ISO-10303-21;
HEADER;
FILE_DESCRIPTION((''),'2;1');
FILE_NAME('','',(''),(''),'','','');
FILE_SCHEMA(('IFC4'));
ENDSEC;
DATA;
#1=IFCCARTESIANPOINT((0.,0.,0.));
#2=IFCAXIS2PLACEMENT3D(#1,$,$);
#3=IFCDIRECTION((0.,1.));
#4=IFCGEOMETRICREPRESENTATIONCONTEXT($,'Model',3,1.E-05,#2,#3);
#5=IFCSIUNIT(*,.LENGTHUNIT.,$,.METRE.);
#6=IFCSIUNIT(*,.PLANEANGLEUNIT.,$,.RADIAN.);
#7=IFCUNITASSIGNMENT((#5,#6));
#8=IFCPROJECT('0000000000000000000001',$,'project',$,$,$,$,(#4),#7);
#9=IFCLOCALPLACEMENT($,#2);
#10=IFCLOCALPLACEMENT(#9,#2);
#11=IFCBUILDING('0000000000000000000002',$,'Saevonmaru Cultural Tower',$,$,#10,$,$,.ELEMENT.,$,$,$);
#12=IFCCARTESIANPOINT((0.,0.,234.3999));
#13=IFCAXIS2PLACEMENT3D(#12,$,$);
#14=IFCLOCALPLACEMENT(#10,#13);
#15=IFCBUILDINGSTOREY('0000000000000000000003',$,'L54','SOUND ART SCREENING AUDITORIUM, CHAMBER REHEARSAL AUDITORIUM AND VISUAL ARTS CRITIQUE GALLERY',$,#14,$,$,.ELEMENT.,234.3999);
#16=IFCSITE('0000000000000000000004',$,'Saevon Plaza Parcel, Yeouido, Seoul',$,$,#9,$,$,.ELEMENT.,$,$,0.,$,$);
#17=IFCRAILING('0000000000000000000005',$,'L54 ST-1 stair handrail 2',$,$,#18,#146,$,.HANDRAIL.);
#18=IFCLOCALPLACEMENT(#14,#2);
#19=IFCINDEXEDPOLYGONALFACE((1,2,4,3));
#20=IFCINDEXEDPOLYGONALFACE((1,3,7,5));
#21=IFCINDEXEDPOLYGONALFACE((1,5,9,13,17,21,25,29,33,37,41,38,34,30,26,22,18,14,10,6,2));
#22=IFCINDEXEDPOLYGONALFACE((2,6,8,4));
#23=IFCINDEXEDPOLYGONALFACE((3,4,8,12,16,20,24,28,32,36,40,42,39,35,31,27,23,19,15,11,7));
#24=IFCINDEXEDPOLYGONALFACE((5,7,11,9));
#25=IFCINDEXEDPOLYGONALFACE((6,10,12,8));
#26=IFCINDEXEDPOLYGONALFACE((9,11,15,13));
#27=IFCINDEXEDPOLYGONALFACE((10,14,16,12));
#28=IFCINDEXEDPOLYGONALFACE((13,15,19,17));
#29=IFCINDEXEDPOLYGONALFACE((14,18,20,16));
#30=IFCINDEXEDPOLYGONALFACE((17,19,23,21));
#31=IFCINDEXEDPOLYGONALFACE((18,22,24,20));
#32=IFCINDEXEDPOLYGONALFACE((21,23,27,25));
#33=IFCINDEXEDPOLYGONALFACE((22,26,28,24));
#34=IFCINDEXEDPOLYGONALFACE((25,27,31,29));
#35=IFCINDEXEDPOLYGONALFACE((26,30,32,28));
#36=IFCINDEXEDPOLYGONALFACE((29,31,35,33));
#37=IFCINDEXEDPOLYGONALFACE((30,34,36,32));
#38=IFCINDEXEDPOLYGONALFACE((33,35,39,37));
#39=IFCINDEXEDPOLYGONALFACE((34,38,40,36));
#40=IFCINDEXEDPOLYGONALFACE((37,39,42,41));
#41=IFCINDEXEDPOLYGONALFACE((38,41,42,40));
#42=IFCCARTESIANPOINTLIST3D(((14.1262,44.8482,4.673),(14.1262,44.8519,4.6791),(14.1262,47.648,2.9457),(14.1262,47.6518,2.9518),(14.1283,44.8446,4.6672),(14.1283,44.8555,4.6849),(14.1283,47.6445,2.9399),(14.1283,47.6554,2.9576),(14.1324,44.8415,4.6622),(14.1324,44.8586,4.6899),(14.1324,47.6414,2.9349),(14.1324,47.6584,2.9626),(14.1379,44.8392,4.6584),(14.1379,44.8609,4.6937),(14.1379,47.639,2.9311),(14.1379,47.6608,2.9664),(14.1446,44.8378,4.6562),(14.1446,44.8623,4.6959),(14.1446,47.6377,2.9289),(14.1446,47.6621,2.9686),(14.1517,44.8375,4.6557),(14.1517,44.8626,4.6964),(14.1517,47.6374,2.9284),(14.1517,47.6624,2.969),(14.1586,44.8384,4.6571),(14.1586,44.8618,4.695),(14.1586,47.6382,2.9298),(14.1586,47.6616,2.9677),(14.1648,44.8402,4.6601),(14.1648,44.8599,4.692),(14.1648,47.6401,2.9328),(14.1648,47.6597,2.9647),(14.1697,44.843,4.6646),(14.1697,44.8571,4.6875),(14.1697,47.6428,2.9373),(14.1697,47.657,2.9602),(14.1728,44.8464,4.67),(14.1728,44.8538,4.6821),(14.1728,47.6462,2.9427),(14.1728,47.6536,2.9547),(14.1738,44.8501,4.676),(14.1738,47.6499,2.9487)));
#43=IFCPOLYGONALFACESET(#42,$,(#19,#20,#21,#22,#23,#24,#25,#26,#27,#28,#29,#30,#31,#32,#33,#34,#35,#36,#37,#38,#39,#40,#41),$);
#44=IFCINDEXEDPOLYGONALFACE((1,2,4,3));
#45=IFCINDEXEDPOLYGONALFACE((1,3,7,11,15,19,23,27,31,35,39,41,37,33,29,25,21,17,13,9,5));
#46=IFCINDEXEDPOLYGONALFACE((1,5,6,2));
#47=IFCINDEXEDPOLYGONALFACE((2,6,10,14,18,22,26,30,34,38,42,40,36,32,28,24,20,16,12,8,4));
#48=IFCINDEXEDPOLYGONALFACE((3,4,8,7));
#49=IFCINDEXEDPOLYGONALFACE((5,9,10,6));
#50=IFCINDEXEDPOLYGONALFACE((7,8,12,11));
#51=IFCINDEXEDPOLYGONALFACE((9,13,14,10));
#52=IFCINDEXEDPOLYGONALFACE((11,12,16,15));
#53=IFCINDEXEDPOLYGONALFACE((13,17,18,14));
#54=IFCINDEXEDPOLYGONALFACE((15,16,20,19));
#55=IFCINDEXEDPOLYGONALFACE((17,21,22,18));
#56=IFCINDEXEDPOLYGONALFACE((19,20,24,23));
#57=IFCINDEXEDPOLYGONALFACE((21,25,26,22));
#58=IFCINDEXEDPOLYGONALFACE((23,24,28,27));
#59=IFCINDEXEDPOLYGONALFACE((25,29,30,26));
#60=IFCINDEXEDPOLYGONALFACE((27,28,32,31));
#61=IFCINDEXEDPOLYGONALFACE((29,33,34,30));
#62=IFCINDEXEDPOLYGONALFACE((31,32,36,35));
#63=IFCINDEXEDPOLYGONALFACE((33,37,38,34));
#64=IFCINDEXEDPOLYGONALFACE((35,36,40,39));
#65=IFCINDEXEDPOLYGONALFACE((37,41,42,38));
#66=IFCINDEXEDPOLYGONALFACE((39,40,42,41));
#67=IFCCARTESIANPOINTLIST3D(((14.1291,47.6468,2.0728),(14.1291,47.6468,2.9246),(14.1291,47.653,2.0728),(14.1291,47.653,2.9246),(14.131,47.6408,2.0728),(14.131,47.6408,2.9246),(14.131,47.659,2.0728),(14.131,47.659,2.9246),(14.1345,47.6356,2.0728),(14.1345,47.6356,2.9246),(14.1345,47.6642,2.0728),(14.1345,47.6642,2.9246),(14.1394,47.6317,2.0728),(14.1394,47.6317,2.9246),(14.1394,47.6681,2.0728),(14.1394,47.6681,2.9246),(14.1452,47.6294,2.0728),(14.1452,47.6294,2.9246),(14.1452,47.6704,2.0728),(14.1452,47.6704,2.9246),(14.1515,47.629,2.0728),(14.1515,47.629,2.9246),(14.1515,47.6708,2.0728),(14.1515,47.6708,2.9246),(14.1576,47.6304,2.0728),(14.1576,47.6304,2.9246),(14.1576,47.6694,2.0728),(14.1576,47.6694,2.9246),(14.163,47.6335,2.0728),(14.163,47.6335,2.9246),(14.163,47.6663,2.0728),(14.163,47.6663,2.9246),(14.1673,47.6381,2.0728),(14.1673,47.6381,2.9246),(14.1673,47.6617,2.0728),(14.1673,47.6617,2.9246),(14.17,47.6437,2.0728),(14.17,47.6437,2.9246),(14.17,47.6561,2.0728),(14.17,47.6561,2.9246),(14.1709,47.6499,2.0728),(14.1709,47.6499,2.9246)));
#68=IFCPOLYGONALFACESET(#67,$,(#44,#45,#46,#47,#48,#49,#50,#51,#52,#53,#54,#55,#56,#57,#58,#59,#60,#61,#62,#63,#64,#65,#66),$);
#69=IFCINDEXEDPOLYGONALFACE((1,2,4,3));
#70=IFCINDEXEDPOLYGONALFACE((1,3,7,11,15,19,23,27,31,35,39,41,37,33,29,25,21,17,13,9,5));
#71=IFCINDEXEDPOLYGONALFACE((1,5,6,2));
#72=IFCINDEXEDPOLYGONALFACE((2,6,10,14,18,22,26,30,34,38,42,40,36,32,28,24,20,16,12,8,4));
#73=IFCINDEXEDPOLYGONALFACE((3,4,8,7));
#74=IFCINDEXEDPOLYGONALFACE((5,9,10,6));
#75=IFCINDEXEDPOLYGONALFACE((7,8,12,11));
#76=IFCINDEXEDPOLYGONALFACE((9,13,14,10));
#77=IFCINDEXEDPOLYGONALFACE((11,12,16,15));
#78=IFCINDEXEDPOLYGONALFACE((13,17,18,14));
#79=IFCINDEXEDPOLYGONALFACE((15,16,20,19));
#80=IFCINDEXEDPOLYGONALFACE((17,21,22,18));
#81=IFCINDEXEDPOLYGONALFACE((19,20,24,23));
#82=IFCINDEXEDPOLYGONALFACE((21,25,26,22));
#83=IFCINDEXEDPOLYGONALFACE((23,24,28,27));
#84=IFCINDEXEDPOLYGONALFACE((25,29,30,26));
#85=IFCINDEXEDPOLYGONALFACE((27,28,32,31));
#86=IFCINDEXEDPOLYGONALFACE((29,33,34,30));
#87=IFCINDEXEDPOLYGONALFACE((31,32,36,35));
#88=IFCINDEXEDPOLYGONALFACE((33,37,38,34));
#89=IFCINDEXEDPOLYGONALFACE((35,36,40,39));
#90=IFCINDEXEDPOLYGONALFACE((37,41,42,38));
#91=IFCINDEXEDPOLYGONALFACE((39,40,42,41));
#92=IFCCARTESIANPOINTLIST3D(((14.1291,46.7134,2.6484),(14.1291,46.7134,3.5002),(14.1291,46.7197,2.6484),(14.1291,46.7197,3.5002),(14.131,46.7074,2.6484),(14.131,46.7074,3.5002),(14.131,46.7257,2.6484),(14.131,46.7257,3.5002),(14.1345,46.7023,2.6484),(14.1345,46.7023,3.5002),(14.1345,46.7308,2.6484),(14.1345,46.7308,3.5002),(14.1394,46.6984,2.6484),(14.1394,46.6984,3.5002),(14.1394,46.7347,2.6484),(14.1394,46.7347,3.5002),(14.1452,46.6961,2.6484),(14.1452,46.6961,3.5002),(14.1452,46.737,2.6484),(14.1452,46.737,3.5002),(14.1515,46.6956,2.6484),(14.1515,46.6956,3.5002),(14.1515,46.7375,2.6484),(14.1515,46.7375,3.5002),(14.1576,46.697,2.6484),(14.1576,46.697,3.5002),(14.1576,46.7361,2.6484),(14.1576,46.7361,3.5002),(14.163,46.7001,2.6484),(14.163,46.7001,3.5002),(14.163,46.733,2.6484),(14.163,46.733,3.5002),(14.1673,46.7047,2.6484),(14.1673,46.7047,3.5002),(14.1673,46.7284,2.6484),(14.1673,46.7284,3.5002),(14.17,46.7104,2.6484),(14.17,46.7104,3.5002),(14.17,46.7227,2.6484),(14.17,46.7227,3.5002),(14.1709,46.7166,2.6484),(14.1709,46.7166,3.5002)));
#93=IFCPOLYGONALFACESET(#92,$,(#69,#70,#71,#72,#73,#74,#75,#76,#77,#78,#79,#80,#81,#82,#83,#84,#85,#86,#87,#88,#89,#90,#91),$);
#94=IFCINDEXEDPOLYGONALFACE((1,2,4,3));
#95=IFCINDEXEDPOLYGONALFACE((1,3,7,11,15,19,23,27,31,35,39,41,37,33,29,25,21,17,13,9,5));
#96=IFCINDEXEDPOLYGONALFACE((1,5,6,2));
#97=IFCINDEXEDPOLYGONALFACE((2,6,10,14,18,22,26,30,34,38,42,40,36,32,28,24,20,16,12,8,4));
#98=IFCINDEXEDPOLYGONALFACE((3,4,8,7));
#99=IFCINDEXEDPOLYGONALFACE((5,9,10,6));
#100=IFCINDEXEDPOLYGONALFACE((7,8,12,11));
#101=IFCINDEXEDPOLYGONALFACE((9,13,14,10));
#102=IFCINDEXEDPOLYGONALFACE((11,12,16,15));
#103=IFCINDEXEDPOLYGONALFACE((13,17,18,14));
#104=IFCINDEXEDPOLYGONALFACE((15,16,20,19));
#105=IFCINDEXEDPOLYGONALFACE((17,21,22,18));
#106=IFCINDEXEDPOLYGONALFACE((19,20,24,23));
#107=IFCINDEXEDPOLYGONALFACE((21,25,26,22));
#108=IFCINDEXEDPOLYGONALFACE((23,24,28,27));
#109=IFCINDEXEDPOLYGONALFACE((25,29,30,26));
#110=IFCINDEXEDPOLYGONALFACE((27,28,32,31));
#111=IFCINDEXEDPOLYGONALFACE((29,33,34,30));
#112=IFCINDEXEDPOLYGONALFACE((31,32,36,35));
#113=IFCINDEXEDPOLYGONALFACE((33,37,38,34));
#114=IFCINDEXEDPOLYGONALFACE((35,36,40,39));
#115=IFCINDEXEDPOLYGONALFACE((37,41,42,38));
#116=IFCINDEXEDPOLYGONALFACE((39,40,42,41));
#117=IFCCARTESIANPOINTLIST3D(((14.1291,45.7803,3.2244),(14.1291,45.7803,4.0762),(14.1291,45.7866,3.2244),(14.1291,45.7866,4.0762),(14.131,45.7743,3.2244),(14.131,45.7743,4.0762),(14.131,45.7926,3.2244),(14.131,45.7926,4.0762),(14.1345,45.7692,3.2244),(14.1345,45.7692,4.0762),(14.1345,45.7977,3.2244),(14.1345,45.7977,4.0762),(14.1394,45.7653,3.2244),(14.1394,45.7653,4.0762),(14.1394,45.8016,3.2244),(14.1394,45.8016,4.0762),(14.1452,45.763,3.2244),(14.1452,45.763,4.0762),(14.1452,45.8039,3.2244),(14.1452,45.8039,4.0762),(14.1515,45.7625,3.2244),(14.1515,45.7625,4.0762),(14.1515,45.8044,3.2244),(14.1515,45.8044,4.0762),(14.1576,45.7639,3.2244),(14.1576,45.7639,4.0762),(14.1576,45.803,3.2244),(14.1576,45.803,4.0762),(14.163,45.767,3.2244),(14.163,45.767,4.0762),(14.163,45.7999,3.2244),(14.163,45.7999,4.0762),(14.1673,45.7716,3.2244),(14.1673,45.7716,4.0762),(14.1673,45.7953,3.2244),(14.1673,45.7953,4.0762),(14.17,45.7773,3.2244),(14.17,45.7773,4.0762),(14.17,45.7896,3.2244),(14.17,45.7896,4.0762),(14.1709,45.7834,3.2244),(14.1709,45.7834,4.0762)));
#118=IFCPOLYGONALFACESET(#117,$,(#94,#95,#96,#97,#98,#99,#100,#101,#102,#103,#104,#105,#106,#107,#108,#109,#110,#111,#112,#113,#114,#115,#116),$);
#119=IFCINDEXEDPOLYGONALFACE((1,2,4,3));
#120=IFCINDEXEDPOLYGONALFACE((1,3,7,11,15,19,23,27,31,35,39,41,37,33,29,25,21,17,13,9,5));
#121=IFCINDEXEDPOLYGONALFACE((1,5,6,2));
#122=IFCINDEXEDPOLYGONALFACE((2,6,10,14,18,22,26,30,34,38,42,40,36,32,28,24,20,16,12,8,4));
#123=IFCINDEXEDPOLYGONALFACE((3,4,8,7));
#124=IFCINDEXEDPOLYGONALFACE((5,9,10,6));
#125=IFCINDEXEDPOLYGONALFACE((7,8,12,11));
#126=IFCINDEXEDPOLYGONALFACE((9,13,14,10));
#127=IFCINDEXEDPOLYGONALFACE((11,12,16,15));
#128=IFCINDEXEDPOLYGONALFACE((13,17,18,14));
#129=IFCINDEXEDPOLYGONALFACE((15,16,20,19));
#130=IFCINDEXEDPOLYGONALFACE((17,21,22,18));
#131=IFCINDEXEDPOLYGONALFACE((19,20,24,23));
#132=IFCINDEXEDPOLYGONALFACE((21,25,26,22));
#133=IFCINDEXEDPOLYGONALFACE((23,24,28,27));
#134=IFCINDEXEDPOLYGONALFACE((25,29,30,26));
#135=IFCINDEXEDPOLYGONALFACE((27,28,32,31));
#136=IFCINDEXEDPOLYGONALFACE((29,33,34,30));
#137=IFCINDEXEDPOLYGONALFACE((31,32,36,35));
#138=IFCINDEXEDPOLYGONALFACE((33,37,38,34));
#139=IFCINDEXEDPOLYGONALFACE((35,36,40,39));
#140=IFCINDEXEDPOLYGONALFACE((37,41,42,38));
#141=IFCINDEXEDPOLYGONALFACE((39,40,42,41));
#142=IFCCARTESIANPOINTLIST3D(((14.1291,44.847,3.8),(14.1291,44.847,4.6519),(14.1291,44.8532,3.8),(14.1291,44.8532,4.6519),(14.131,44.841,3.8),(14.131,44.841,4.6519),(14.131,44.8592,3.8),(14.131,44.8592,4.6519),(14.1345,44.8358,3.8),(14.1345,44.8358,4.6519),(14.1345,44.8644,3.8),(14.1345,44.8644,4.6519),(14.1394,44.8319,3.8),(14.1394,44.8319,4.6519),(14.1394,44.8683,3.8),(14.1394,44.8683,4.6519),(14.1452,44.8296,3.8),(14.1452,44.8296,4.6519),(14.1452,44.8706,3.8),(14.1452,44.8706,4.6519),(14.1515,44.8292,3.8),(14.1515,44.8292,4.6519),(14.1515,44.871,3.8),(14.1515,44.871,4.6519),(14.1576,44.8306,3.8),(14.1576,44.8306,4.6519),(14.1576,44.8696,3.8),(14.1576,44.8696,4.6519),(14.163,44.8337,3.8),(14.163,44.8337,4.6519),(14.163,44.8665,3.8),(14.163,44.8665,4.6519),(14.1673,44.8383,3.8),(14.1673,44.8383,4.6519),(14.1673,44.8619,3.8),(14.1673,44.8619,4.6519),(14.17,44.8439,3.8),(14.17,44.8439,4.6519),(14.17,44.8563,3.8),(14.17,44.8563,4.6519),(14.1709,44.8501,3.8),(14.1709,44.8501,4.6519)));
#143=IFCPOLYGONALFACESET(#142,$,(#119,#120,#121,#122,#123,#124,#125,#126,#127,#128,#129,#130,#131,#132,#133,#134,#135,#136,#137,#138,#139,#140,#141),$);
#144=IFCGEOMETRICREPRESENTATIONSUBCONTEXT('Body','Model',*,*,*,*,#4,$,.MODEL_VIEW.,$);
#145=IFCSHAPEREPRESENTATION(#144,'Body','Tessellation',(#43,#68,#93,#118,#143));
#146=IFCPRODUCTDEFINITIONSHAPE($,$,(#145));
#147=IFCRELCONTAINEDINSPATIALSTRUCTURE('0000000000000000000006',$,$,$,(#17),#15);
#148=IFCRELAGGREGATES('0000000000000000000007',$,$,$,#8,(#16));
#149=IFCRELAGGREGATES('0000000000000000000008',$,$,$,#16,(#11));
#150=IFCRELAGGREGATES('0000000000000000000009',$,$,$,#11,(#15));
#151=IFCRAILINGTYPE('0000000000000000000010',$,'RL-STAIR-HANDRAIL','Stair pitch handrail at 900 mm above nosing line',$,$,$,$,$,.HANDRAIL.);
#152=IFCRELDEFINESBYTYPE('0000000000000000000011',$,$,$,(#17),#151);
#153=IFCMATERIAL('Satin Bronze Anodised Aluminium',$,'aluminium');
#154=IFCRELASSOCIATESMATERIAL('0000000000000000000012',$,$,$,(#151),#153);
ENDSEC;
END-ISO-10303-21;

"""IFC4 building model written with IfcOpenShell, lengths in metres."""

from ifc_helpers import new_model, si_unit, direction, frame, origin, origin_2d, place, context, subcontext, project, spatial, circle, extrude, material, type_object, element, save


model = new_model("IFC4")

# Units and contexts
model_context = context("Model", 3, precision=1e-05, world=origin(), true_north=direction((0.0, 1.0)))
body_context = subcontext(model_context, "Body", "Model", "MODEL_VIEW")
ifc_project = project(units=[si_unit("LENGTHUNIT", "METRE"), si_unit("PLANEANGLEUNIT", "RADIAN")], contexts=[model_context])

# Site, building, storey
site_placement = place(None, origin())
site = spatial("IfcSite", under=ifc_project, at=site_placement, Name="Saevon Plaza Parcel, Yeouido, Seoul", CompositionType="ELEMENT", RefElevation=0.0)
building_placement = place(site_placement, origin())
building = spatial("IfcBuilding", under=site, at=building_placement, Name="Saevonmaru Cultural Tower", CompositionType="ELEMENT")
storey_placement = place(building_placement, frame((0.0, 0.0, 234.3999)))
storey = spatial("IfcBuildingStorey", under=building, at=storey_placement, Name="L54", Description="SOUND ART SCREENING AUDITORIUM, CHAMBER REHEARSAL AUDITORIUM AND VISUAL ARTS CRITIQUE GALLERY", CompositionType="ELEMENT", Elevation=234.3999)

# Shared definitions
ifc_material_1 = material(Name="Satin Bronze Anodised Aluminium", Category="aluminium")

# Railing
railing_type_1 = type_object("IfcRailingType", Name="RL-STAIR-HANDRAIL", Description="Stair pitch handrail at 900 mm above nosing line", PredefinedType="HANDRAIL", material=ifc_material_1)
railing_1_placement = place(storey_placement, frame((14.1499, 47.6499, 2.0728)))
element("IfcRailing", 1, at=railing_1_placement, inside=storey, type_object=railing_type_1, Name="L54 ST-1 stair handrail 2", PredefinedType="HANDRAIL", context=body_context, shape_type="SweptSolid", body=[
    extrude(circle(Radius=0.0239, at=origin_2d()), frame((0.0, 0.0, 0.876), z_axis=(0.0, -0.851069, 0.525054), x_axis=(1.0, 0.0, 0.0)), (0.0, 0.0, 1.0), 3.2898),
    extrude(circle(Radius=0.021, at=origin_2d()), origin(), (0.0, 0.0, 1.0), 0.8518),
    extrude(circle(Radius=0.021, at=origin_2d()), frame((0.0, -0.9333, 0.5757)), (0.0, 0.0, 1.0), 0.8518),
    extrude(circle(Radius=0.021, at=origin_2d()), frame((0.0, -1.8665, 1.1516)), (0.0, 0.0, 1.0), 0.8518),
    extrude(circle(Radius=0.021, at=origin_2d()), frame((0.0, -2.7998, 1.7273)), (0.0, 0.0, 1.0), 0.8518),
])

save(model, "model.ifc")
